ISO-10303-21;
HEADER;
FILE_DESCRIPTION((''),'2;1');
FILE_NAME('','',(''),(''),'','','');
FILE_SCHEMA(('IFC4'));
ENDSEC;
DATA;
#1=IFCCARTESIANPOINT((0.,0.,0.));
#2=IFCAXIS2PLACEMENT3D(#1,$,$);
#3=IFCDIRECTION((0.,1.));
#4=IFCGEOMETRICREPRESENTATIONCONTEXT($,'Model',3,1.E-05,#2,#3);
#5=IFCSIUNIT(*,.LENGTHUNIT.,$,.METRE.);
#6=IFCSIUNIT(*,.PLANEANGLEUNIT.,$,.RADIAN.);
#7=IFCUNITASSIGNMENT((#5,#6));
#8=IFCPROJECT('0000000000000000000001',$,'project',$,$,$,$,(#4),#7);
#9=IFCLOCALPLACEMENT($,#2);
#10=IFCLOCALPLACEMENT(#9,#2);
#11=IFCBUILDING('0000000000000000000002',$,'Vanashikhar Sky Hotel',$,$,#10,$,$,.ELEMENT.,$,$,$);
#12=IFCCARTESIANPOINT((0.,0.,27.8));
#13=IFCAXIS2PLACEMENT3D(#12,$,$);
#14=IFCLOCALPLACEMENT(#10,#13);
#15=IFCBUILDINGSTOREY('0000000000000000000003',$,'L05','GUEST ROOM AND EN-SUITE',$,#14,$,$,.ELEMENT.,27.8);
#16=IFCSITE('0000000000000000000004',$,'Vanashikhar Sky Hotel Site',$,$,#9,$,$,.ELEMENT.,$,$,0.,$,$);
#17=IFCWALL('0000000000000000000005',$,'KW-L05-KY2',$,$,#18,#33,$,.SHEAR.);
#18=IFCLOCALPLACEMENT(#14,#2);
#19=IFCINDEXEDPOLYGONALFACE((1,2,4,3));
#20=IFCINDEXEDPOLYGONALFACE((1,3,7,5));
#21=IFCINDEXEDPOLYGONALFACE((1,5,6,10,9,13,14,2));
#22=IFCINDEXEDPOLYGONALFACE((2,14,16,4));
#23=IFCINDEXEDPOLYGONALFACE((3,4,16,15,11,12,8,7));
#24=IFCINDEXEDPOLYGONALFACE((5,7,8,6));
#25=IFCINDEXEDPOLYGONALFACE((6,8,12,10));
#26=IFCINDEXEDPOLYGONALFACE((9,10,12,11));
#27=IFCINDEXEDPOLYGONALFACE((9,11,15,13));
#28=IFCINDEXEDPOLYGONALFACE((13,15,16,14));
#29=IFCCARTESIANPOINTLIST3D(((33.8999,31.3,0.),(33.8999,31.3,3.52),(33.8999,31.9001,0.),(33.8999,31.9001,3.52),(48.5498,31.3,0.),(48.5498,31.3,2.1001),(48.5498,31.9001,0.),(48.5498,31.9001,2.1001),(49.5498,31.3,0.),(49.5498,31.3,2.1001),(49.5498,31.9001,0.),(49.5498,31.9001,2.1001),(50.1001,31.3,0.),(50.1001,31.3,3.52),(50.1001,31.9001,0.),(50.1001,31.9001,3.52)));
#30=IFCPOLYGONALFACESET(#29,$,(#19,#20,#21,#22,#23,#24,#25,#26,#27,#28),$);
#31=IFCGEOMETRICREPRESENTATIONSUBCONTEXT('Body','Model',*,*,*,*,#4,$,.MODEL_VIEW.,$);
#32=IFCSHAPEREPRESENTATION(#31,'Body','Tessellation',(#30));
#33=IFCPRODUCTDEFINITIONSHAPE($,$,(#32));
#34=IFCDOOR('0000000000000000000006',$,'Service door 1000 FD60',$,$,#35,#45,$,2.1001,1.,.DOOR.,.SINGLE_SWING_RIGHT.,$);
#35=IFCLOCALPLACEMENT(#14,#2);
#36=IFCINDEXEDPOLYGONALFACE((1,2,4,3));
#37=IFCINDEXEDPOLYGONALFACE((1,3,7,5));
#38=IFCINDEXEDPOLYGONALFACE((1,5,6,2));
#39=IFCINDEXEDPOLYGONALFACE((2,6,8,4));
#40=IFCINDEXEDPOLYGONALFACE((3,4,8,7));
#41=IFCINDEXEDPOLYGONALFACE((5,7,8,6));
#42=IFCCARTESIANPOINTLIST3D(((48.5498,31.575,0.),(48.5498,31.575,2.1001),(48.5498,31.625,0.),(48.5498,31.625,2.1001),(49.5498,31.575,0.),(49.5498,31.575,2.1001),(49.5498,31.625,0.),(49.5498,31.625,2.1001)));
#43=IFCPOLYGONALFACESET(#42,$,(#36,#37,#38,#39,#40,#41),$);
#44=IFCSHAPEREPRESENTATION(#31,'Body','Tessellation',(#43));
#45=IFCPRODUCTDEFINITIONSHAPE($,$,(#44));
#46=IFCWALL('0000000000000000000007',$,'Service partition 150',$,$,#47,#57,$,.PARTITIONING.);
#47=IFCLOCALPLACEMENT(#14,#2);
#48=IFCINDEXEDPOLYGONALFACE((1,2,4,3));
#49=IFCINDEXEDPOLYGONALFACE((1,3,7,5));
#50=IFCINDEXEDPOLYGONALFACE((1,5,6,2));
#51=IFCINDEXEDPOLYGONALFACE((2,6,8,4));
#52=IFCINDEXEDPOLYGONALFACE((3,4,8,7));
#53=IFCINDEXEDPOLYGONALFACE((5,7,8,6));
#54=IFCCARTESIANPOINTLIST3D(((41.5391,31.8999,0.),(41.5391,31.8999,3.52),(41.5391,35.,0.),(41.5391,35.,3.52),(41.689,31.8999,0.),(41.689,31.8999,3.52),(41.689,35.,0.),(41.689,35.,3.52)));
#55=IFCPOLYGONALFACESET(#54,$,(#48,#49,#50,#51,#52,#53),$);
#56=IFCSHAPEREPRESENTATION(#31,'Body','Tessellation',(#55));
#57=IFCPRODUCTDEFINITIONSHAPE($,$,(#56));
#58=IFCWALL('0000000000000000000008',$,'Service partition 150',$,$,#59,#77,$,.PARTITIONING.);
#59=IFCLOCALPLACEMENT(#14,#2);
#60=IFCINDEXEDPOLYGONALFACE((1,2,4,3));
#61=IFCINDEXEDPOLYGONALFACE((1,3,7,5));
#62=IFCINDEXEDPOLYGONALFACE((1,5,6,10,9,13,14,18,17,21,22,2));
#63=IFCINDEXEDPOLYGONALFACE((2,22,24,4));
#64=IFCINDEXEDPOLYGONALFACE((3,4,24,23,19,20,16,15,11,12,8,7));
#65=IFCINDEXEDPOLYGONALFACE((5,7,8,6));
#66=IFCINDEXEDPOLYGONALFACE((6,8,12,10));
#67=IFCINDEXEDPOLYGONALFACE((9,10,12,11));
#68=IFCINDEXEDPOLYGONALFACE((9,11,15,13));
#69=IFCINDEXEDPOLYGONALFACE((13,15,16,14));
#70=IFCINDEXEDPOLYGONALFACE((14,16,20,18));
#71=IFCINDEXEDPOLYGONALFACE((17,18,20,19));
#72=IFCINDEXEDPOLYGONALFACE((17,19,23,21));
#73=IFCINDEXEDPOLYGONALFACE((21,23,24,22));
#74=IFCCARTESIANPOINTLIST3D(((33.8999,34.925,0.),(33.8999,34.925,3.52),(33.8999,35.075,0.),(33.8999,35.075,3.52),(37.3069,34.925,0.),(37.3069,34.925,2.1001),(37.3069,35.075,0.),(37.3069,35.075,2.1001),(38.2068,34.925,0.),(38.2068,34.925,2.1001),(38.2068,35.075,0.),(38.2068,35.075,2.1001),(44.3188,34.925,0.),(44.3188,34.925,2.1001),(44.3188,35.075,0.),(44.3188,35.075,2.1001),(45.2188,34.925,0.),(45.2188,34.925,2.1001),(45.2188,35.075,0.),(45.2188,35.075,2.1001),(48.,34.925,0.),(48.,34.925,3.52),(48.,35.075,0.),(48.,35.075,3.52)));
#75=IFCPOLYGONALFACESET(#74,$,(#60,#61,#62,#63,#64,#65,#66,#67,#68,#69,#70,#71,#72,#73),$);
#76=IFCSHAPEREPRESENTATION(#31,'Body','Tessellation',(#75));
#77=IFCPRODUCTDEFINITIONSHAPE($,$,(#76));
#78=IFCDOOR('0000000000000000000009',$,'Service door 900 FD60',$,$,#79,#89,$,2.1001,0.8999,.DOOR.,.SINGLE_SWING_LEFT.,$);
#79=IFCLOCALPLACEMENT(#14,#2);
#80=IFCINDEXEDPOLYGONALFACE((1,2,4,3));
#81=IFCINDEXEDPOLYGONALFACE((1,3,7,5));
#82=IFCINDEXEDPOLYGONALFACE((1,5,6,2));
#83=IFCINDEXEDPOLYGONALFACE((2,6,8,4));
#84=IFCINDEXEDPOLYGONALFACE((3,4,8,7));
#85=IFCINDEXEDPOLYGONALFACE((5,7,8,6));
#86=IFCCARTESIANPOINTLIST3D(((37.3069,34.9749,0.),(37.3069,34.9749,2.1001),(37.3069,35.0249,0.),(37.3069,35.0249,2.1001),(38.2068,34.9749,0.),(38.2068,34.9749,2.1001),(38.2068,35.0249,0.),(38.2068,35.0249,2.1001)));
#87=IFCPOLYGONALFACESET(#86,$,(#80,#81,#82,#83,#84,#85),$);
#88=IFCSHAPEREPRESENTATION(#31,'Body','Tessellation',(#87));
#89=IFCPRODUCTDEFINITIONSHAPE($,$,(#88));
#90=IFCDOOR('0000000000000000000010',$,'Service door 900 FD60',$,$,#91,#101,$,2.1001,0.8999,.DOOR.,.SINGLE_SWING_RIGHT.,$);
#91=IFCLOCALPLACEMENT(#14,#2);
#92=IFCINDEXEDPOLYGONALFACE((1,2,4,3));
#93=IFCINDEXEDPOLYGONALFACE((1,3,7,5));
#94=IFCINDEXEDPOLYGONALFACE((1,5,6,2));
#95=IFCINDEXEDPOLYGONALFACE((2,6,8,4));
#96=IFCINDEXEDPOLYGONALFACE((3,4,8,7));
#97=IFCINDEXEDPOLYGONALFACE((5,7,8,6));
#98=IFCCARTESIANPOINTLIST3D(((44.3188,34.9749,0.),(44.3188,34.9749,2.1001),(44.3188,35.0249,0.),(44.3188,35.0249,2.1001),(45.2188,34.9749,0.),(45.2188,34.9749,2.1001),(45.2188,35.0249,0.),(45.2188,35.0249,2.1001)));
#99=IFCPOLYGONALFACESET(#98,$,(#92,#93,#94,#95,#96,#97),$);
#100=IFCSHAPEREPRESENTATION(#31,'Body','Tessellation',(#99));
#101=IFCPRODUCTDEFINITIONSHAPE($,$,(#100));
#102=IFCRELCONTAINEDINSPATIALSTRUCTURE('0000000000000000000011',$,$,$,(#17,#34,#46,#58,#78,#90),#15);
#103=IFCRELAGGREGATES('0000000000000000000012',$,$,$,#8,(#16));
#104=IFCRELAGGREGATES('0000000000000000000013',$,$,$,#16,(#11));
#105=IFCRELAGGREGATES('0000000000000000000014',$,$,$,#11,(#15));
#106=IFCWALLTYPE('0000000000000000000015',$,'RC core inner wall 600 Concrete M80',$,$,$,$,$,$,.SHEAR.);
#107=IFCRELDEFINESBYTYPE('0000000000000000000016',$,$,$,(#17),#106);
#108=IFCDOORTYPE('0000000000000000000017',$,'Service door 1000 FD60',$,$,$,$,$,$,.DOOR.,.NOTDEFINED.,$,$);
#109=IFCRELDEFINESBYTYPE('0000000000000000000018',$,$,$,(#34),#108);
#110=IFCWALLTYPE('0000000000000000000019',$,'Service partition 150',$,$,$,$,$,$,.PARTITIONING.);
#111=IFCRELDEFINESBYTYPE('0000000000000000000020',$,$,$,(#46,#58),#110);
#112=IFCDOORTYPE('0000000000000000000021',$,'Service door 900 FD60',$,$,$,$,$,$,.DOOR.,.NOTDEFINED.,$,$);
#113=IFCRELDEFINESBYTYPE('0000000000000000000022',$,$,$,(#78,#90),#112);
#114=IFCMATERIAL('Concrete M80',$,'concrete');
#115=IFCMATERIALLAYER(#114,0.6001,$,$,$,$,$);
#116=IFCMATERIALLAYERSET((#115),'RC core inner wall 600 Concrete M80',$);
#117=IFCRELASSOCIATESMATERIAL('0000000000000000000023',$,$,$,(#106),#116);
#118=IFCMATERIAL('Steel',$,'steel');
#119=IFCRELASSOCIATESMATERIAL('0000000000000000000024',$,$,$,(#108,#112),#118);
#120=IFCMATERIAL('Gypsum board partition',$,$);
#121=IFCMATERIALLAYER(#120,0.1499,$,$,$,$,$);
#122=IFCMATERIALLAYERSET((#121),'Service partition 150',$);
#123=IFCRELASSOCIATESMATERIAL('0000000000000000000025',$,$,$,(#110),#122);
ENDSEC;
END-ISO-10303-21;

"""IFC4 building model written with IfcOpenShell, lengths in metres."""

from ifc_helpers import new_model, si_unit, direction, frame, frame_2d, origin, place, context, subcontext, project, spatial, rectangle, extrude, source, transform, mapped, material, layer, layer_set, type_object, element, fill, save


model = new_model("IFC4")

# Units and contexts
model_context = context("Model", 3, precision=1e-05, world=origin(), true_north=direction((0.0, 1.0)))
body_context = subcontext(model_context, "Body", "Model", "MODEL_VIEW")
ifc_project = project(units=[si_unit("LENGTHUNIT", "METRE"), si_unit("PLANEANGLEUNIT", "RADIAN")], contexts=[model_context])

# Site, building, storey
site_placement = place(None, origin())
site = spatial("IfcSite", under=ifc_project, at=site_placement, Name="Vanashikhar Sky Hotel Site", CompositionType="ELEMENT", RefElevation=0.0)
building_placement = place(site_placement, origin())
building = spatial("IfcBuilding", under=site, at=building_placement, Name="Vanashikhar Sky Hotel", CompositionType="ELEMENT")
storey_placement = place(building_placement, frame((0.0, 0.0, 27.8)))
storey = spatial("IfcBuildingStorey", under=building, at=storey_placement, Name="L05", Description="GUEST ROOM AND EN-SUITE", CompositionType="ELEMENT", Elevation=27.8)

# Wall, opening, door
ifc_material_1 = material(Name="Concrete M80", Category="concrete")
ifc_layer_1 = layer(ifc_material_1, 0.6001)
ifc_layer_set_1 = layer_set([ifc_layer_1], Name="RC core inner wall 600 Concrete M80")
wall_type_1 = type_object("IfcWallType", Name="RC core inner wall 600 Concrete M80", PredefinedType="SHEAR", material=ifc_layer_set_1)
shared_shape_1 = source(origin(), body_context, "Body", "SweptSolid", [
    extrude(rectangle(XDim=16.2002, YDim=0.6001, at=frame_2d((8.1001, 0.0))), origin(), (0.0, 0.0, 1.0), 3.52),
])
wall_1_placement = place(storey_placement, frame((33.8999, 31.6001, 0.0), z_axis=(0.0, 0.0, 1.0), x_axis=(1.0, 0.0, 0.0)))
wall_1 = element("IfcWall", 1, at=wall_1_placement, inside=storey, type_object=wall_type_1, Name="KW-L05-KY2", PredefinedType="SHEAR", context=body_context, shape_type="MappedRepresentation", body=[
    mapped(shared_shape_1, transform((0.0, 0.0, 0.0), scale=1.0)),
])
shared_shape_2 = source(origin(), body_context, "Body", "SweptSolid", [
    extrude(rectangle(XDim=1.0, YDim=2.1001, at=frame_2d((0.5, 1.05))), frame((0.0, 0.3101, 0.0), z_axis=(0.0, -1.0, 0.0), x_axis=(1.0, 0.0, 0.0)), (0.0, 0.0, 1.0), 0.6201),
])
opening_1_placement = place(wall_1_placement, frame((14.6499, 0.0, 0.0)))
opening_1 = element("IfcOpeningElement", 2, at=opening_1_placement, cuts=wall_1, PredefinedType="OPENING", context=body_context, shape_type="MappedRepresentation", body=[
    mapped(shared_shape_2, transform((0.0, 0.0, 0.0), scale=1.0)),
])
ifc_material_2 = material(Name="Steel", Category="steel")
door_type_1 = type_object("IfcDoorType", Name="Service door 1000 FD60", OperationType="NOTDEFINED", PredefinedType="DOOR", material=ifc_material_2)
shared_shape_3 = source(origin(), body_context, "Body", "SweptSolid", [
    extrude(rectangle(XDim=1.0, YDim=2.1001, at=frame_2d((0.5, 1.05))), frame((0.0, 0.0249, 0.0), z_axis=(0.0, -1.0, 0.0), x_axis=(1.0, 0.0, 0.0)), (0.0, 0.0, 1.0), 0.05),
])
door_1_placement = place(opening_1_placement, origin())
door_1 = element("IfcDoor", 3, at=door_1_placement, inside=storey, type_object=door_type_1, Name="Service door 1000 FD60", OperationType="SINGLE_SWING_RIGHT", OverallHeight=2.1001, OverallWidth=1.0, PredefinedType="DOOR", context=body_context, shape_type="MappedRepresentation", body=[
    mapped(shared_shape_3, transform((0.0, 0.0, 0.0), scale=1.0)),
])
fill(opening_1, door_1)

# Wall
ifc_material_3 = material(Name="Gypsum board partition")
ifc_layer_2 = layer(ifc_material_3, 0.1499)
ifc_layer_set_2 = layer_set([ifc_layer_2], Name="Service partition 150")
wall_type_2 = type_object("IfcWallType", Name="Service partition 150", PredefinedType="PARTITIONING", material=ifc_layer_set_2)
shared_shape_4 = source(origin(), body_context, "Body", "SweptSolid", [
    extrude(rectangle(XDim=3.1001, YDim=0.1499, at=frame_2d((1.55, 0.0))), origin(), (0.0, 0.0, 1.0), 3.52),
])
wall_2_placement = place(storey_placement, frame((41.614, 31.8999, 0.0), z_axis=(0.0, 0.0, 1.0), x_axis=(0.0, 1.0, 0.0)))
element("IfcWall", 4, at=wall_2_placement, inside=storey, type_object=wall_type_2, Name="Service partition 150", PredefinedType="PARTITIONING", context=body_context, shape_type="MappedRepresentation", body=[
    mapped(shared_shape_4, transform((0.0, 0.0, 0.0), scale=1.0)),
])

# Wall, openings, doors
shared_shape_5 = source(origin(), body_context, "Body", "SweptSolid", [
    extrude(rectangle(XDim=14.1001, YDim=0.1499, at=frame_2d((7.05, 0.0))), origin(), (0.0, 0.0, 1.0), 3.52),
])
wall_3_placement = place(storey_placement, frame((33.8999, 35.0, 0.0), z_axis=(0.0, 0.0, 1.0), x_axis=(1.0, 0.0, 0.0)))
wall_3 = element("IfcWall", 5, at=wall_3_placement, inside=storey, type_object=wall_type_2, Name="Service partition 150", PredefinedType="PARTITIONING", context=body_context, shape_type="MappedRepresentation", body=[
    mapped(shared_shape_5, transform((0.0, 0.0, 0.0), scale=1.0)),
])
shared_shape_6 = source(origin(), body_context, "Body", "SweptSolid", [
    extrude(rectangle(XDim=0.8999, YDim=2.1001, at=frame_2d((0.45, 1.05))), frame((0.0, 0.085, 0.0), z_axis=(0.0, -1.0, 0.0), x_axis=(1.0, 0.0, 0.0)), (0.0, 0.0, 1.0), 0.1699),
])
opening_2_placement = place(wall_3_placement, frame((3.407, 0.0, 0.0)))
opening_2 = element("IfcOpeningElement", 6, at=opening_2_placement, cuts=wall_3, PredefinedType="OPENING", context=body_context, shape_type="MappedRepresentation", body=[
    mapped(shared_shape_6, transform((0.0, 0.0, 0.0), scale=1.0)),
])
opening_3_placement = place(wall_3_placement, frame((10.4189, 0.0, 0.0)))
opening_3 = element("IfcOpeningElement", 7, at=opening_3_placement, cuts=wall_3, PredefinedType="OPENING", context=body_context, shape_type="MappedRepresentation", body=[
    mapped(shared_shape_6, transform((0.0, 0.0, 0.0), scale=1.0)),
])
door_type_2 = type_object("IfcDoorType", Name="Service door 900 FD60", OperationType="NOTDEFINED", PredefinedType="DOOR", material=ifc_material_2)
shared_shape_7 = source(origin(), body_context, "Body", "SweptSolid", [
    extrude(rectangle(XDim=0.8999, YDim=2.1001, at=frame_2d((0.45, 1.05))), frame((0.0, 0.0249, 0.0), z_axis=(0.0, -1.0, 0.0), x_axis=(1.0, 0.0, 0.0)), (0.0, 0.0, 1.0), 0.05),
])
door_2_placement = place(opening_2_placement, origin())
door_2 = element("IfcDoor", 8, at=door_2_placement, inside=storey, type_object=door_type_2, Name="Service door 900 FD60", OperationType="SINGLE_SWING_LEFT", OverallHeight=2.1001, OverallWidth=0.8999, PredefinedType="DOOR", context=body_context, shape_type="MappedRepresentation", body=[
    mapped(shared_shape_7, transform((0.0, 0.0, 0.0), scale=1.0)),
])
fill(opening_2, door_2)
door_3_placement = place(opening_3_placement, origin())
door_3 = element("IfcDoor", 9, at=door_3_placement, inside=storey, type_object=door_type_2, Name="Service door 900 FD60", OperationType="SINGLE_SWING_RIGHT", OverallHeight=2.1001, OverallWidth=0.8999, PredefinedType="DOOR", context=body_context, shape_type="MappedRepresentation", body=[
    mapped(shared_shape_7, transform((0.0, 0.0, 0.0), scale=1.0)),
])
fill(opening_3, door_3)

save(model, "model.ifc")
